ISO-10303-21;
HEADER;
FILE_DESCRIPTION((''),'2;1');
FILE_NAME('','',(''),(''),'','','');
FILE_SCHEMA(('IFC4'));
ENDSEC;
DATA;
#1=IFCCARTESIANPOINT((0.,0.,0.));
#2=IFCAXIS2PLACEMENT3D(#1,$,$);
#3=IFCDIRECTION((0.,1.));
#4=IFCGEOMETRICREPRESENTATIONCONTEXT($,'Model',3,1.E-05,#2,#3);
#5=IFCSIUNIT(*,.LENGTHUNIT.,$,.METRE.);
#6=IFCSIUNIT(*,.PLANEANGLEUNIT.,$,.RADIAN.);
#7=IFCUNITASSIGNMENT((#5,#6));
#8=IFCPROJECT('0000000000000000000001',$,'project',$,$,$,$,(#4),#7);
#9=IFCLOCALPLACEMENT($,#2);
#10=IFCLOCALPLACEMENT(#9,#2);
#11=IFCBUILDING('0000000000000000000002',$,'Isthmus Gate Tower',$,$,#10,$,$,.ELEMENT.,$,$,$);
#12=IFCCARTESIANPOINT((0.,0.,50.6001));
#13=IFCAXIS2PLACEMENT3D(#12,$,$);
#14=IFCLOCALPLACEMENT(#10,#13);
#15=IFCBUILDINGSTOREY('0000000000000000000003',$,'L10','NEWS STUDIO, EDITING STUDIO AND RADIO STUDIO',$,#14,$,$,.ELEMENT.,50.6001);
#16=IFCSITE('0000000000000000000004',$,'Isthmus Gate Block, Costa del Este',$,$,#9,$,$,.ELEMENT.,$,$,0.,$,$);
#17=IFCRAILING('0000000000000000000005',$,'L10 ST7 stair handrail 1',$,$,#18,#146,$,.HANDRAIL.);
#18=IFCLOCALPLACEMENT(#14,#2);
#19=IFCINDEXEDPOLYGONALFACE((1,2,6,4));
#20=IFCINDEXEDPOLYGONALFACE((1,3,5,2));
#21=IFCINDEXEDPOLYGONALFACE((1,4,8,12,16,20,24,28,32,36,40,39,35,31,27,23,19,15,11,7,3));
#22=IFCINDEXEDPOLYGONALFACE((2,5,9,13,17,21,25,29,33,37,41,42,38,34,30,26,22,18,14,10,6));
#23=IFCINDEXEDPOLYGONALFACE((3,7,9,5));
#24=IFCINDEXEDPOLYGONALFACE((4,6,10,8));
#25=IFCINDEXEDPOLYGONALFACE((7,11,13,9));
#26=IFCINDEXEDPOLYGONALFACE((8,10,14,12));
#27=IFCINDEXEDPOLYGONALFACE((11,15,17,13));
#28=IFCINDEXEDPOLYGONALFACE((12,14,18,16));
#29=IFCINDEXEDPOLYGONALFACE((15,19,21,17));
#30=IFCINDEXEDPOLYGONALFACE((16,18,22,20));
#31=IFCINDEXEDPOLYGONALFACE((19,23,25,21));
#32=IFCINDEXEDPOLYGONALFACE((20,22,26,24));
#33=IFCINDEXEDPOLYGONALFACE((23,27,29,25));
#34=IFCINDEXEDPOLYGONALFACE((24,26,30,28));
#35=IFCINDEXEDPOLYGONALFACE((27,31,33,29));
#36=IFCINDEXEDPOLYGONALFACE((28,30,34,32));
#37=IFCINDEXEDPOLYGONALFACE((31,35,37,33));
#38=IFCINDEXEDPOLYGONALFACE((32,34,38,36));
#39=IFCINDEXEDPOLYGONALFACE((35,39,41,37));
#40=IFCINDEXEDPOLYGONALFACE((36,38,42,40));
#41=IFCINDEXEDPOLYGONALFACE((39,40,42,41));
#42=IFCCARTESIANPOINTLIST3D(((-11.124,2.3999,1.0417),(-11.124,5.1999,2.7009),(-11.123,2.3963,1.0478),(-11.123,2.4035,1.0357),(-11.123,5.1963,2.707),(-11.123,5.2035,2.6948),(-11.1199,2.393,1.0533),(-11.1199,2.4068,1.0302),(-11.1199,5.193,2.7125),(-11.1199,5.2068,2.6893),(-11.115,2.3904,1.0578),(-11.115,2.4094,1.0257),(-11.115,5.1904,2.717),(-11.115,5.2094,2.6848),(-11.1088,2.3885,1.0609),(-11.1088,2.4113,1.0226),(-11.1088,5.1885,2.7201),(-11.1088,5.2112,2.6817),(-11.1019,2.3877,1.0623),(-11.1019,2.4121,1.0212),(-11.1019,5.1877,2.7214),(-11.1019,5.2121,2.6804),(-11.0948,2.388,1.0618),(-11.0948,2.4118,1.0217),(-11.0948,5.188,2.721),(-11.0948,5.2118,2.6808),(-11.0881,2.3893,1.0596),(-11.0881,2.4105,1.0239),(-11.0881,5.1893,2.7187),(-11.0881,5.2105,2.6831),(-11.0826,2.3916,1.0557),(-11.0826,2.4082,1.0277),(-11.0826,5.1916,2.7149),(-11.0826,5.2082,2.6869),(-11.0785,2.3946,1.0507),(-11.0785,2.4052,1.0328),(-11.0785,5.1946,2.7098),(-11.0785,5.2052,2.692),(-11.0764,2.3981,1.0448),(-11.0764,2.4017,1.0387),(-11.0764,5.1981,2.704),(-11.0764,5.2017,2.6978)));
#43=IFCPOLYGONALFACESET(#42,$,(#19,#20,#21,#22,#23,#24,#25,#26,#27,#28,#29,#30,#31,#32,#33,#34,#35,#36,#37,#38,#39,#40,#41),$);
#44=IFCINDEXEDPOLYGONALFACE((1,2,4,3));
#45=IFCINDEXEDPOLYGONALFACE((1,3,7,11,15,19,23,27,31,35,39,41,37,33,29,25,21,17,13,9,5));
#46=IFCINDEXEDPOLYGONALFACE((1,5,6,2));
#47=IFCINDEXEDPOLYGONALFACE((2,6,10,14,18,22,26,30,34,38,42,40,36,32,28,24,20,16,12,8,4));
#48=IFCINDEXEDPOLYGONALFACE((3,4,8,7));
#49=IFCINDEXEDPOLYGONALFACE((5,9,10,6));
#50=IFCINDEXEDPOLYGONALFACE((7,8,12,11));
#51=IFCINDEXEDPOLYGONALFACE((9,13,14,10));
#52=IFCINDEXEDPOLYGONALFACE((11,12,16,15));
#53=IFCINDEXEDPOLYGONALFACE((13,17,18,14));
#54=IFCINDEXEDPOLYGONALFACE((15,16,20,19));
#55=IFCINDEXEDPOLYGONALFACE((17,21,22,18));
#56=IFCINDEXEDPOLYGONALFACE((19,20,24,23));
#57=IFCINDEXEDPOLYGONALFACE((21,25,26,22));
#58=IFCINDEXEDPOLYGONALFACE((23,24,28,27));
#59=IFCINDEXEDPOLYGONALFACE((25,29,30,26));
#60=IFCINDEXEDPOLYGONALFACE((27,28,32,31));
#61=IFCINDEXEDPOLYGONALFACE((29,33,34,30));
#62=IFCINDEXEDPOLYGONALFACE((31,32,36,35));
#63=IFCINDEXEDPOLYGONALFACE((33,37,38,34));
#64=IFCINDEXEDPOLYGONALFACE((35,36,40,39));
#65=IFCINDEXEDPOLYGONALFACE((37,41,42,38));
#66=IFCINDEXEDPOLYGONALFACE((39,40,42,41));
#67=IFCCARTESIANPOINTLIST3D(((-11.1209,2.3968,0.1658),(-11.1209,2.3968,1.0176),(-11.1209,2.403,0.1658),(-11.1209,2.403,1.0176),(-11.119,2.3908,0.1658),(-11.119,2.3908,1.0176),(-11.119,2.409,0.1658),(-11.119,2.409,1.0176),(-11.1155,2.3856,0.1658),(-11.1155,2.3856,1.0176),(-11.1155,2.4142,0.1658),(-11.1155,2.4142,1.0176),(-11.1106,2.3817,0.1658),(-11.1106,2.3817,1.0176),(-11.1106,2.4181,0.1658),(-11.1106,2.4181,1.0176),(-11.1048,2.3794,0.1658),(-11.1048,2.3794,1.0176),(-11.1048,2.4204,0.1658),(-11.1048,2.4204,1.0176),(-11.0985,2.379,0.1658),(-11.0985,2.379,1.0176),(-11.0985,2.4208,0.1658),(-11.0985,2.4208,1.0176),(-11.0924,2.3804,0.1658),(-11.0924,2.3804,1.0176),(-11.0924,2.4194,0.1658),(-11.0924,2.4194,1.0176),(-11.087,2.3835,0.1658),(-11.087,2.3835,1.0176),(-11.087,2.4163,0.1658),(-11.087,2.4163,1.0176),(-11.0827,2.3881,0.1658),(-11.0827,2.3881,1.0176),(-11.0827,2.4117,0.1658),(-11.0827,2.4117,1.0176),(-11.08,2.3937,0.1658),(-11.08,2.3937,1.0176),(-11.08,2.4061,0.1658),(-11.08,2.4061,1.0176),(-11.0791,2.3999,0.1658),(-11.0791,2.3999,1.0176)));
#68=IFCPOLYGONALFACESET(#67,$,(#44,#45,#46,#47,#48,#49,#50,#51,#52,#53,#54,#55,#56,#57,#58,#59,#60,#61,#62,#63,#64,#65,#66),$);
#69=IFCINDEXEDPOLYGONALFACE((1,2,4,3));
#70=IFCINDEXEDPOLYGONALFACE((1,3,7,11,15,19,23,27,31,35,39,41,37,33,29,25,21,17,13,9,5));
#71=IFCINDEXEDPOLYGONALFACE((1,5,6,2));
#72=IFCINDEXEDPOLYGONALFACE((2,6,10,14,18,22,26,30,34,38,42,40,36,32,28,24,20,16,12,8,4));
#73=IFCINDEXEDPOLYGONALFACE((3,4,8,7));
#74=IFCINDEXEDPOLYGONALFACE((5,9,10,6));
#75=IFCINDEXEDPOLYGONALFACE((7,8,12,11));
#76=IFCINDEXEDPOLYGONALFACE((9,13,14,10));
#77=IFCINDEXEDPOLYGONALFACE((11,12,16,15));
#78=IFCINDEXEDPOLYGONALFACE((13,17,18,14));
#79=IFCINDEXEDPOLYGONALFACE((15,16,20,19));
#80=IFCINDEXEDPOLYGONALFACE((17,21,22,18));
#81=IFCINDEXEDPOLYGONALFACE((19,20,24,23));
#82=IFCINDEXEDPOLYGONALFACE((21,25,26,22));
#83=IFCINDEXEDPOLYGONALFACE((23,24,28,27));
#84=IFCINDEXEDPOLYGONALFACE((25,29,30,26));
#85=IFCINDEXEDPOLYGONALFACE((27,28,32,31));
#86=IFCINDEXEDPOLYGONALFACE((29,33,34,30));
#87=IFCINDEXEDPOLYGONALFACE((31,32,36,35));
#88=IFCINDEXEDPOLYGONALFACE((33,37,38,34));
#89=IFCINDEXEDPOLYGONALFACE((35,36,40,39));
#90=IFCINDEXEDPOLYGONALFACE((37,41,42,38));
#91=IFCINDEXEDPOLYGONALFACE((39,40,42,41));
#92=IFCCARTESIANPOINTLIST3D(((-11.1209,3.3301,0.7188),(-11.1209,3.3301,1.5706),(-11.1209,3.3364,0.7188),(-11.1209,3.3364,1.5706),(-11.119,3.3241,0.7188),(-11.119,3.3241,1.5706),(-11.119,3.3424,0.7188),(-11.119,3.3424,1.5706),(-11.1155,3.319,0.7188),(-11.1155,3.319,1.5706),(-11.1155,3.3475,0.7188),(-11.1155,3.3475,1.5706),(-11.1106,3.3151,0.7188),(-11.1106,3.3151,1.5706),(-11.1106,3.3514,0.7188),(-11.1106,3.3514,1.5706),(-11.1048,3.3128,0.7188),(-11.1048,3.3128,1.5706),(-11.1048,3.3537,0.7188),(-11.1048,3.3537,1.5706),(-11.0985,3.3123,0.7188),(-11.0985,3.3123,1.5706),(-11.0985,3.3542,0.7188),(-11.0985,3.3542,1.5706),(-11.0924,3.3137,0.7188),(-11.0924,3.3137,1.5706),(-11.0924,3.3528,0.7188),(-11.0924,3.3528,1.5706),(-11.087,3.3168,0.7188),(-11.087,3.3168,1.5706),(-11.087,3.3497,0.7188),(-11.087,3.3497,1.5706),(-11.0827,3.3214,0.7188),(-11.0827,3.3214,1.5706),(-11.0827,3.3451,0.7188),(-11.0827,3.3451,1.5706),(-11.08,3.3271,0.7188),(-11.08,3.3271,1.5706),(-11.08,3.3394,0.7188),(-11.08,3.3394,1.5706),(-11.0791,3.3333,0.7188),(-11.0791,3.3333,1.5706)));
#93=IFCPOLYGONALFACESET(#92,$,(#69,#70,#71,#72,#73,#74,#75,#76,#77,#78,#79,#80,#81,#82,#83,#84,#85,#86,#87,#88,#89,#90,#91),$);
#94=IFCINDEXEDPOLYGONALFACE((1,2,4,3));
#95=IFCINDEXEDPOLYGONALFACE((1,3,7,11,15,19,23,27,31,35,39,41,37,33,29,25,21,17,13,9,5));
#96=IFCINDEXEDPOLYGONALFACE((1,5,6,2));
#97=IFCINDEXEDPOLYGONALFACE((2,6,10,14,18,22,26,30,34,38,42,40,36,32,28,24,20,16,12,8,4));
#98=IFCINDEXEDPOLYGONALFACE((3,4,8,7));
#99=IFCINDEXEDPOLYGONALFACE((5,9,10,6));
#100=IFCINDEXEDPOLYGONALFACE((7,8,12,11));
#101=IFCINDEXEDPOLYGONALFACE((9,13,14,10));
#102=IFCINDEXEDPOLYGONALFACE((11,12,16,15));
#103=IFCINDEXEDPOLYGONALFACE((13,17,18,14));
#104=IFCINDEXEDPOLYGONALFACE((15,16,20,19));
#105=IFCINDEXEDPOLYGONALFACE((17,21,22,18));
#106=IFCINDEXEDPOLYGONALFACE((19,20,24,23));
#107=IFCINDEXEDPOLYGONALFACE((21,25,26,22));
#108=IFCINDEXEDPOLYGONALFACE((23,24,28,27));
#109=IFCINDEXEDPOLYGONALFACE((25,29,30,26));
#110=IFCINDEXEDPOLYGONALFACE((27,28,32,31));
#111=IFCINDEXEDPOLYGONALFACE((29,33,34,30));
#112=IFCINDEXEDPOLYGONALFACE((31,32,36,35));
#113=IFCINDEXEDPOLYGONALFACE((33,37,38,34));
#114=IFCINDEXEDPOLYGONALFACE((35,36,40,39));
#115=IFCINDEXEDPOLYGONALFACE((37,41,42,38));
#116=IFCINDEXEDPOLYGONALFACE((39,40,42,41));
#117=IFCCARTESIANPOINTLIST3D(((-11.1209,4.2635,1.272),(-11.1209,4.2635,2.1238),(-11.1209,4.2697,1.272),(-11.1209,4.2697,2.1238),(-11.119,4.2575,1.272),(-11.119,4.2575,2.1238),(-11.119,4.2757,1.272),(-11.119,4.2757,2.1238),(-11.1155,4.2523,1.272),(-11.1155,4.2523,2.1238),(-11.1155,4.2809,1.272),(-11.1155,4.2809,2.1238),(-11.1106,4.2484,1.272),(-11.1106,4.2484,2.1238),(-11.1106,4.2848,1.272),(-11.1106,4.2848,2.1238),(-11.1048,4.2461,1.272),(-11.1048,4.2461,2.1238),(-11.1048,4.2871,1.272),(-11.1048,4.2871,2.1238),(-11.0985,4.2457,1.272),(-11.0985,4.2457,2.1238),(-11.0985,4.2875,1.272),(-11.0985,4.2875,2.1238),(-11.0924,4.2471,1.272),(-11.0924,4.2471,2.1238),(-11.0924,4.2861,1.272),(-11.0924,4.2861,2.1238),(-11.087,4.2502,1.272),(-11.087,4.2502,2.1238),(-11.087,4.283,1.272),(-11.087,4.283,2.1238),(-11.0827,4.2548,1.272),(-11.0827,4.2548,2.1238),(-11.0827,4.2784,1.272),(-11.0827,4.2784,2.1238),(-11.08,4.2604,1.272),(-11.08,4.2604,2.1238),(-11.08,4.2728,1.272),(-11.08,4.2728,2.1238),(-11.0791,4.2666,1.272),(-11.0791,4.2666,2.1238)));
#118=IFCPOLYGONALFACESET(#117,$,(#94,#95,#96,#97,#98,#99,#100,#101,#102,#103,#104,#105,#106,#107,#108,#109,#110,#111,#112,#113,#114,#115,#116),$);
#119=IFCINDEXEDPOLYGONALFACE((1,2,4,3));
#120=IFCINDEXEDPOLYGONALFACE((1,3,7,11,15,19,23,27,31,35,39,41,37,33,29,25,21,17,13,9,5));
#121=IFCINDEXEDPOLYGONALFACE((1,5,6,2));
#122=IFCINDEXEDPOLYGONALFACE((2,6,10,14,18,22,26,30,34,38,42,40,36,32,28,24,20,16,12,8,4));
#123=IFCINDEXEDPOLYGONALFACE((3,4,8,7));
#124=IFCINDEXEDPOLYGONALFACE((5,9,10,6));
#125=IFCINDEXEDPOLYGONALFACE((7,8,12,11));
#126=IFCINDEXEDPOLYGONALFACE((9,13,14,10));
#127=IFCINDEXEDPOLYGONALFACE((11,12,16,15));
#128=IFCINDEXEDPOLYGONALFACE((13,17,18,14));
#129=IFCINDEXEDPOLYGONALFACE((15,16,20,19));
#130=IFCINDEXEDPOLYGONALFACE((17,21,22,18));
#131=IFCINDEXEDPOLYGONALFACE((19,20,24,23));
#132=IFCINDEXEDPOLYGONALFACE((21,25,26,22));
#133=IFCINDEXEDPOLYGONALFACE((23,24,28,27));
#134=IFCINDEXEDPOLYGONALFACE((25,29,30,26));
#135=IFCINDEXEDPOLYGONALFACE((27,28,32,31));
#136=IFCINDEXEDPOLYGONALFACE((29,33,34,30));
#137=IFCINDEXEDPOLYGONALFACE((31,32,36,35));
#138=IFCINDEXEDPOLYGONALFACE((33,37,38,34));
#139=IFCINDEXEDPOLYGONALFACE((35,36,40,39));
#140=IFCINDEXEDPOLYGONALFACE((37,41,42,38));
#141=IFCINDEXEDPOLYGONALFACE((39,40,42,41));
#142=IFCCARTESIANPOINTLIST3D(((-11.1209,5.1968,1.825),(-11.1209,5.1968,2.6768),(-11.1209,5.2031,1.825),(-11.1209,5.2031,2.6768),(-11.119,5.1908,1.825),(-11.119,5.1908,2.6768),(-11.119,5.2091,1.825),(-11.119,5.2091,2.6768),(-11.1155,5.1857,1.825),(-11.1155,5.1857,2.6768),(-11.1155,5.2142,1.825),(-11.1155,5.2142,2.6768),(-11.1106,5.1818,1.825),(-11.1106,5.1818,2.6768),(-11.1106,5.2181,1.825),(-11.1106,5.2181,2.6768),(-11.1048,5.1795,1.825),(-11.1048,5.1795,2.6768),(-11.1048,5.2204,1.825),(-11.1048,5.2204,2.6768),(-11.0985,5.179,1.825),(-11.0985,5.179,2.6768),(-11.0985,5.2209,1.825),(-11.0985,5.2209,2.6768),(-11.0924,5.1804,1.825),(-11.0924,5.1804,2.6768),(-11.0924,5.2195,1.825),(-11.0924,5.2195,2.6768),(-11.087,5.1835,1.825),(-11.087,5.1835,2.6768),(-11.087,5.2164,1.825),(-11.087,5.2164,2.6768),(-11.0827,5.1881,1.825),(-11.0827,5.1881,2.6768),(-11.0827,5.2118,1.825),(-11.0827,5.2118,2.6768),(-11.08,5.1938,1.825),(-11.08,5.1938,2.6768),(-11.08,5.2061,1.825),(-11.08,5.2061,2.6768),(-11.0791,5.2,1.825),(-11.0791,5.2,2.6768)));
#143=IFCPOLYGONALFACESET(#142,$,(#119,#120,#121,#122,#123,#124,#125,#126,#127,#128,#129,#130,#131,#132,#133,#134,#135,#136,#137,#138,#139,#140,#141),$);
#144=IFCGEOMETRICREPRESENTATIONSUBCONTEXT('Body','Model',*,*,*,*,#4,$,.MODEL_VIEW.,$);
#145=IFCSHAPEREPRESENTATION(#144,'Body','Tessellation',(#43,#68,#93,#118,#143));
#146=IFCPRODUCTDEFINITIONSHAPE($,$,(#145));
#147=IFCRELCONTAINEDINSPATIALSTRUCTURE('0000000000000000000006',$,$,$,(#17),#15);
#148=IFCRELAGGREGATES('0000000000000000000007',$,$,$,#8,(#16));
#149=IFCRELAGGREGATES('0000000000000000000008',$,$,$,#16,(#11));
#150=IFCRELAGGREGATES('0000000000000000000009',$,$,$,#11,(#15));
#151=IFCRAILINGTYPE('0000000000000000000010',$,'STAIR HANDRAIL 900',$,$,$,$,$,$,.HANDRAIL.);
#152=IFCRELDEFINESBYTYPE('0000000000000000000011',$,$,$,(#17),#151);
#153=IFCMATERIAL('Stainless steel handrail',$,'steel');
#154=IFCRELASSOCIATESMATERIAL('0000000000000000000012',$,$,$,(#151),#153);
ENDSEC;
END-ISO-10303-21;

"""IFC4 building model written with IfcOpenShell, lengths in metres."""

from ifc_helpers import new_model, si_unit, direction, frame, origin, origin_2d, place, context, subcontext, project, spatial, circle, extrude, material, type_object, element, save


model = new_model("IFC4")

# Units and contexts
model_context = context("Model", 3, precision=1e-05, world=origin(), true_north=direction((0.0, 1.0)))
body_context = subcontext(model_context, "Body", "Model", "MODEL_VIEW")
ifc_project = project(units=[si_unit("LENGTHUNIT", "METRE"), si_unit("PLANEANGLEUNIT", "RADIAN")], contexts=[model_context])

# Site, building, storey
site_placement = place(None, origin())
site = spatial("IfcSite", under=ifc_project, at=site_placement, Name="Isthmus Gate Block, Costa del Este", CompositionType="ELEMENT", RefElevation=0.0)
building_placement = place(site_placement, origin())
building = spatial("IfcBuilding", under=site, at=building_placement, Name="Isthmus Gate Tower", CompositionType="ELEMENT")
storey_placement = place(building_placement, frame((0.0, 0.0, 50.6001)))
storey = spatial("IfcBuildingStorey", under=building, at=storey_placement, Name="L10", Description="NEWS STUDIO, EDITING STUDIO AND RADIO STUDIO", CompositionType="ELEMENT", Elevation=50.6001)

# Railing
ifc_material_1 = material(Name="Stainless steel handrail", Category="steel")
railing_type_1 = type_object("IfcRailingType", Name="STAIR HANDRAIL 900", PredefinedType="HANDRAIL", material=ifc_material_1)
railing_1_placement = place(storey_placement, frame((-11.1001, 2.3999, 0.1658)))
element("IfcRailing", 1, at=railing_1_placement, inside=storey, type_object=railing_type_1, Name="L10 ST7 stair handrail 1", PredefinedType="HANDRAIL", context=body_context, shape_type="SweptSolid", body=[
    extrude(circle(Radius=0.0239, at=origin_2d()), frame((0.0, 0.0, 0.876), z_axis=(0.0, 0.860306, 0.509778), x_axis=(-1.0, 0.0, 0.0)), (0.0, 0.0, 1.0), 3.2546),
    extrude(circle(Radius=0.021, at=origin_2d()), origin(), (0.0, 0.0, 1.0), 0.8518),
    extrude(circle(Radius=0.021, at=origin_2d()), frame((0.0, 0.9333, 0.553)), (0.0, 0.0, 1.0), 0.8518),
    extrude(circle(Radius=0.021, at=origin_2d()), frame((0.0, 1.8667, 1.1062)), (0.0, 0.0, 1.0), 0.8518),
    extrude(circle(Radius=0.021, at=origin_2d()), frame((0.0, 2.8, 1.6592)), (0.0, 0.0, 1.0), 0.8518),
])

save(model, "model.ifc")
